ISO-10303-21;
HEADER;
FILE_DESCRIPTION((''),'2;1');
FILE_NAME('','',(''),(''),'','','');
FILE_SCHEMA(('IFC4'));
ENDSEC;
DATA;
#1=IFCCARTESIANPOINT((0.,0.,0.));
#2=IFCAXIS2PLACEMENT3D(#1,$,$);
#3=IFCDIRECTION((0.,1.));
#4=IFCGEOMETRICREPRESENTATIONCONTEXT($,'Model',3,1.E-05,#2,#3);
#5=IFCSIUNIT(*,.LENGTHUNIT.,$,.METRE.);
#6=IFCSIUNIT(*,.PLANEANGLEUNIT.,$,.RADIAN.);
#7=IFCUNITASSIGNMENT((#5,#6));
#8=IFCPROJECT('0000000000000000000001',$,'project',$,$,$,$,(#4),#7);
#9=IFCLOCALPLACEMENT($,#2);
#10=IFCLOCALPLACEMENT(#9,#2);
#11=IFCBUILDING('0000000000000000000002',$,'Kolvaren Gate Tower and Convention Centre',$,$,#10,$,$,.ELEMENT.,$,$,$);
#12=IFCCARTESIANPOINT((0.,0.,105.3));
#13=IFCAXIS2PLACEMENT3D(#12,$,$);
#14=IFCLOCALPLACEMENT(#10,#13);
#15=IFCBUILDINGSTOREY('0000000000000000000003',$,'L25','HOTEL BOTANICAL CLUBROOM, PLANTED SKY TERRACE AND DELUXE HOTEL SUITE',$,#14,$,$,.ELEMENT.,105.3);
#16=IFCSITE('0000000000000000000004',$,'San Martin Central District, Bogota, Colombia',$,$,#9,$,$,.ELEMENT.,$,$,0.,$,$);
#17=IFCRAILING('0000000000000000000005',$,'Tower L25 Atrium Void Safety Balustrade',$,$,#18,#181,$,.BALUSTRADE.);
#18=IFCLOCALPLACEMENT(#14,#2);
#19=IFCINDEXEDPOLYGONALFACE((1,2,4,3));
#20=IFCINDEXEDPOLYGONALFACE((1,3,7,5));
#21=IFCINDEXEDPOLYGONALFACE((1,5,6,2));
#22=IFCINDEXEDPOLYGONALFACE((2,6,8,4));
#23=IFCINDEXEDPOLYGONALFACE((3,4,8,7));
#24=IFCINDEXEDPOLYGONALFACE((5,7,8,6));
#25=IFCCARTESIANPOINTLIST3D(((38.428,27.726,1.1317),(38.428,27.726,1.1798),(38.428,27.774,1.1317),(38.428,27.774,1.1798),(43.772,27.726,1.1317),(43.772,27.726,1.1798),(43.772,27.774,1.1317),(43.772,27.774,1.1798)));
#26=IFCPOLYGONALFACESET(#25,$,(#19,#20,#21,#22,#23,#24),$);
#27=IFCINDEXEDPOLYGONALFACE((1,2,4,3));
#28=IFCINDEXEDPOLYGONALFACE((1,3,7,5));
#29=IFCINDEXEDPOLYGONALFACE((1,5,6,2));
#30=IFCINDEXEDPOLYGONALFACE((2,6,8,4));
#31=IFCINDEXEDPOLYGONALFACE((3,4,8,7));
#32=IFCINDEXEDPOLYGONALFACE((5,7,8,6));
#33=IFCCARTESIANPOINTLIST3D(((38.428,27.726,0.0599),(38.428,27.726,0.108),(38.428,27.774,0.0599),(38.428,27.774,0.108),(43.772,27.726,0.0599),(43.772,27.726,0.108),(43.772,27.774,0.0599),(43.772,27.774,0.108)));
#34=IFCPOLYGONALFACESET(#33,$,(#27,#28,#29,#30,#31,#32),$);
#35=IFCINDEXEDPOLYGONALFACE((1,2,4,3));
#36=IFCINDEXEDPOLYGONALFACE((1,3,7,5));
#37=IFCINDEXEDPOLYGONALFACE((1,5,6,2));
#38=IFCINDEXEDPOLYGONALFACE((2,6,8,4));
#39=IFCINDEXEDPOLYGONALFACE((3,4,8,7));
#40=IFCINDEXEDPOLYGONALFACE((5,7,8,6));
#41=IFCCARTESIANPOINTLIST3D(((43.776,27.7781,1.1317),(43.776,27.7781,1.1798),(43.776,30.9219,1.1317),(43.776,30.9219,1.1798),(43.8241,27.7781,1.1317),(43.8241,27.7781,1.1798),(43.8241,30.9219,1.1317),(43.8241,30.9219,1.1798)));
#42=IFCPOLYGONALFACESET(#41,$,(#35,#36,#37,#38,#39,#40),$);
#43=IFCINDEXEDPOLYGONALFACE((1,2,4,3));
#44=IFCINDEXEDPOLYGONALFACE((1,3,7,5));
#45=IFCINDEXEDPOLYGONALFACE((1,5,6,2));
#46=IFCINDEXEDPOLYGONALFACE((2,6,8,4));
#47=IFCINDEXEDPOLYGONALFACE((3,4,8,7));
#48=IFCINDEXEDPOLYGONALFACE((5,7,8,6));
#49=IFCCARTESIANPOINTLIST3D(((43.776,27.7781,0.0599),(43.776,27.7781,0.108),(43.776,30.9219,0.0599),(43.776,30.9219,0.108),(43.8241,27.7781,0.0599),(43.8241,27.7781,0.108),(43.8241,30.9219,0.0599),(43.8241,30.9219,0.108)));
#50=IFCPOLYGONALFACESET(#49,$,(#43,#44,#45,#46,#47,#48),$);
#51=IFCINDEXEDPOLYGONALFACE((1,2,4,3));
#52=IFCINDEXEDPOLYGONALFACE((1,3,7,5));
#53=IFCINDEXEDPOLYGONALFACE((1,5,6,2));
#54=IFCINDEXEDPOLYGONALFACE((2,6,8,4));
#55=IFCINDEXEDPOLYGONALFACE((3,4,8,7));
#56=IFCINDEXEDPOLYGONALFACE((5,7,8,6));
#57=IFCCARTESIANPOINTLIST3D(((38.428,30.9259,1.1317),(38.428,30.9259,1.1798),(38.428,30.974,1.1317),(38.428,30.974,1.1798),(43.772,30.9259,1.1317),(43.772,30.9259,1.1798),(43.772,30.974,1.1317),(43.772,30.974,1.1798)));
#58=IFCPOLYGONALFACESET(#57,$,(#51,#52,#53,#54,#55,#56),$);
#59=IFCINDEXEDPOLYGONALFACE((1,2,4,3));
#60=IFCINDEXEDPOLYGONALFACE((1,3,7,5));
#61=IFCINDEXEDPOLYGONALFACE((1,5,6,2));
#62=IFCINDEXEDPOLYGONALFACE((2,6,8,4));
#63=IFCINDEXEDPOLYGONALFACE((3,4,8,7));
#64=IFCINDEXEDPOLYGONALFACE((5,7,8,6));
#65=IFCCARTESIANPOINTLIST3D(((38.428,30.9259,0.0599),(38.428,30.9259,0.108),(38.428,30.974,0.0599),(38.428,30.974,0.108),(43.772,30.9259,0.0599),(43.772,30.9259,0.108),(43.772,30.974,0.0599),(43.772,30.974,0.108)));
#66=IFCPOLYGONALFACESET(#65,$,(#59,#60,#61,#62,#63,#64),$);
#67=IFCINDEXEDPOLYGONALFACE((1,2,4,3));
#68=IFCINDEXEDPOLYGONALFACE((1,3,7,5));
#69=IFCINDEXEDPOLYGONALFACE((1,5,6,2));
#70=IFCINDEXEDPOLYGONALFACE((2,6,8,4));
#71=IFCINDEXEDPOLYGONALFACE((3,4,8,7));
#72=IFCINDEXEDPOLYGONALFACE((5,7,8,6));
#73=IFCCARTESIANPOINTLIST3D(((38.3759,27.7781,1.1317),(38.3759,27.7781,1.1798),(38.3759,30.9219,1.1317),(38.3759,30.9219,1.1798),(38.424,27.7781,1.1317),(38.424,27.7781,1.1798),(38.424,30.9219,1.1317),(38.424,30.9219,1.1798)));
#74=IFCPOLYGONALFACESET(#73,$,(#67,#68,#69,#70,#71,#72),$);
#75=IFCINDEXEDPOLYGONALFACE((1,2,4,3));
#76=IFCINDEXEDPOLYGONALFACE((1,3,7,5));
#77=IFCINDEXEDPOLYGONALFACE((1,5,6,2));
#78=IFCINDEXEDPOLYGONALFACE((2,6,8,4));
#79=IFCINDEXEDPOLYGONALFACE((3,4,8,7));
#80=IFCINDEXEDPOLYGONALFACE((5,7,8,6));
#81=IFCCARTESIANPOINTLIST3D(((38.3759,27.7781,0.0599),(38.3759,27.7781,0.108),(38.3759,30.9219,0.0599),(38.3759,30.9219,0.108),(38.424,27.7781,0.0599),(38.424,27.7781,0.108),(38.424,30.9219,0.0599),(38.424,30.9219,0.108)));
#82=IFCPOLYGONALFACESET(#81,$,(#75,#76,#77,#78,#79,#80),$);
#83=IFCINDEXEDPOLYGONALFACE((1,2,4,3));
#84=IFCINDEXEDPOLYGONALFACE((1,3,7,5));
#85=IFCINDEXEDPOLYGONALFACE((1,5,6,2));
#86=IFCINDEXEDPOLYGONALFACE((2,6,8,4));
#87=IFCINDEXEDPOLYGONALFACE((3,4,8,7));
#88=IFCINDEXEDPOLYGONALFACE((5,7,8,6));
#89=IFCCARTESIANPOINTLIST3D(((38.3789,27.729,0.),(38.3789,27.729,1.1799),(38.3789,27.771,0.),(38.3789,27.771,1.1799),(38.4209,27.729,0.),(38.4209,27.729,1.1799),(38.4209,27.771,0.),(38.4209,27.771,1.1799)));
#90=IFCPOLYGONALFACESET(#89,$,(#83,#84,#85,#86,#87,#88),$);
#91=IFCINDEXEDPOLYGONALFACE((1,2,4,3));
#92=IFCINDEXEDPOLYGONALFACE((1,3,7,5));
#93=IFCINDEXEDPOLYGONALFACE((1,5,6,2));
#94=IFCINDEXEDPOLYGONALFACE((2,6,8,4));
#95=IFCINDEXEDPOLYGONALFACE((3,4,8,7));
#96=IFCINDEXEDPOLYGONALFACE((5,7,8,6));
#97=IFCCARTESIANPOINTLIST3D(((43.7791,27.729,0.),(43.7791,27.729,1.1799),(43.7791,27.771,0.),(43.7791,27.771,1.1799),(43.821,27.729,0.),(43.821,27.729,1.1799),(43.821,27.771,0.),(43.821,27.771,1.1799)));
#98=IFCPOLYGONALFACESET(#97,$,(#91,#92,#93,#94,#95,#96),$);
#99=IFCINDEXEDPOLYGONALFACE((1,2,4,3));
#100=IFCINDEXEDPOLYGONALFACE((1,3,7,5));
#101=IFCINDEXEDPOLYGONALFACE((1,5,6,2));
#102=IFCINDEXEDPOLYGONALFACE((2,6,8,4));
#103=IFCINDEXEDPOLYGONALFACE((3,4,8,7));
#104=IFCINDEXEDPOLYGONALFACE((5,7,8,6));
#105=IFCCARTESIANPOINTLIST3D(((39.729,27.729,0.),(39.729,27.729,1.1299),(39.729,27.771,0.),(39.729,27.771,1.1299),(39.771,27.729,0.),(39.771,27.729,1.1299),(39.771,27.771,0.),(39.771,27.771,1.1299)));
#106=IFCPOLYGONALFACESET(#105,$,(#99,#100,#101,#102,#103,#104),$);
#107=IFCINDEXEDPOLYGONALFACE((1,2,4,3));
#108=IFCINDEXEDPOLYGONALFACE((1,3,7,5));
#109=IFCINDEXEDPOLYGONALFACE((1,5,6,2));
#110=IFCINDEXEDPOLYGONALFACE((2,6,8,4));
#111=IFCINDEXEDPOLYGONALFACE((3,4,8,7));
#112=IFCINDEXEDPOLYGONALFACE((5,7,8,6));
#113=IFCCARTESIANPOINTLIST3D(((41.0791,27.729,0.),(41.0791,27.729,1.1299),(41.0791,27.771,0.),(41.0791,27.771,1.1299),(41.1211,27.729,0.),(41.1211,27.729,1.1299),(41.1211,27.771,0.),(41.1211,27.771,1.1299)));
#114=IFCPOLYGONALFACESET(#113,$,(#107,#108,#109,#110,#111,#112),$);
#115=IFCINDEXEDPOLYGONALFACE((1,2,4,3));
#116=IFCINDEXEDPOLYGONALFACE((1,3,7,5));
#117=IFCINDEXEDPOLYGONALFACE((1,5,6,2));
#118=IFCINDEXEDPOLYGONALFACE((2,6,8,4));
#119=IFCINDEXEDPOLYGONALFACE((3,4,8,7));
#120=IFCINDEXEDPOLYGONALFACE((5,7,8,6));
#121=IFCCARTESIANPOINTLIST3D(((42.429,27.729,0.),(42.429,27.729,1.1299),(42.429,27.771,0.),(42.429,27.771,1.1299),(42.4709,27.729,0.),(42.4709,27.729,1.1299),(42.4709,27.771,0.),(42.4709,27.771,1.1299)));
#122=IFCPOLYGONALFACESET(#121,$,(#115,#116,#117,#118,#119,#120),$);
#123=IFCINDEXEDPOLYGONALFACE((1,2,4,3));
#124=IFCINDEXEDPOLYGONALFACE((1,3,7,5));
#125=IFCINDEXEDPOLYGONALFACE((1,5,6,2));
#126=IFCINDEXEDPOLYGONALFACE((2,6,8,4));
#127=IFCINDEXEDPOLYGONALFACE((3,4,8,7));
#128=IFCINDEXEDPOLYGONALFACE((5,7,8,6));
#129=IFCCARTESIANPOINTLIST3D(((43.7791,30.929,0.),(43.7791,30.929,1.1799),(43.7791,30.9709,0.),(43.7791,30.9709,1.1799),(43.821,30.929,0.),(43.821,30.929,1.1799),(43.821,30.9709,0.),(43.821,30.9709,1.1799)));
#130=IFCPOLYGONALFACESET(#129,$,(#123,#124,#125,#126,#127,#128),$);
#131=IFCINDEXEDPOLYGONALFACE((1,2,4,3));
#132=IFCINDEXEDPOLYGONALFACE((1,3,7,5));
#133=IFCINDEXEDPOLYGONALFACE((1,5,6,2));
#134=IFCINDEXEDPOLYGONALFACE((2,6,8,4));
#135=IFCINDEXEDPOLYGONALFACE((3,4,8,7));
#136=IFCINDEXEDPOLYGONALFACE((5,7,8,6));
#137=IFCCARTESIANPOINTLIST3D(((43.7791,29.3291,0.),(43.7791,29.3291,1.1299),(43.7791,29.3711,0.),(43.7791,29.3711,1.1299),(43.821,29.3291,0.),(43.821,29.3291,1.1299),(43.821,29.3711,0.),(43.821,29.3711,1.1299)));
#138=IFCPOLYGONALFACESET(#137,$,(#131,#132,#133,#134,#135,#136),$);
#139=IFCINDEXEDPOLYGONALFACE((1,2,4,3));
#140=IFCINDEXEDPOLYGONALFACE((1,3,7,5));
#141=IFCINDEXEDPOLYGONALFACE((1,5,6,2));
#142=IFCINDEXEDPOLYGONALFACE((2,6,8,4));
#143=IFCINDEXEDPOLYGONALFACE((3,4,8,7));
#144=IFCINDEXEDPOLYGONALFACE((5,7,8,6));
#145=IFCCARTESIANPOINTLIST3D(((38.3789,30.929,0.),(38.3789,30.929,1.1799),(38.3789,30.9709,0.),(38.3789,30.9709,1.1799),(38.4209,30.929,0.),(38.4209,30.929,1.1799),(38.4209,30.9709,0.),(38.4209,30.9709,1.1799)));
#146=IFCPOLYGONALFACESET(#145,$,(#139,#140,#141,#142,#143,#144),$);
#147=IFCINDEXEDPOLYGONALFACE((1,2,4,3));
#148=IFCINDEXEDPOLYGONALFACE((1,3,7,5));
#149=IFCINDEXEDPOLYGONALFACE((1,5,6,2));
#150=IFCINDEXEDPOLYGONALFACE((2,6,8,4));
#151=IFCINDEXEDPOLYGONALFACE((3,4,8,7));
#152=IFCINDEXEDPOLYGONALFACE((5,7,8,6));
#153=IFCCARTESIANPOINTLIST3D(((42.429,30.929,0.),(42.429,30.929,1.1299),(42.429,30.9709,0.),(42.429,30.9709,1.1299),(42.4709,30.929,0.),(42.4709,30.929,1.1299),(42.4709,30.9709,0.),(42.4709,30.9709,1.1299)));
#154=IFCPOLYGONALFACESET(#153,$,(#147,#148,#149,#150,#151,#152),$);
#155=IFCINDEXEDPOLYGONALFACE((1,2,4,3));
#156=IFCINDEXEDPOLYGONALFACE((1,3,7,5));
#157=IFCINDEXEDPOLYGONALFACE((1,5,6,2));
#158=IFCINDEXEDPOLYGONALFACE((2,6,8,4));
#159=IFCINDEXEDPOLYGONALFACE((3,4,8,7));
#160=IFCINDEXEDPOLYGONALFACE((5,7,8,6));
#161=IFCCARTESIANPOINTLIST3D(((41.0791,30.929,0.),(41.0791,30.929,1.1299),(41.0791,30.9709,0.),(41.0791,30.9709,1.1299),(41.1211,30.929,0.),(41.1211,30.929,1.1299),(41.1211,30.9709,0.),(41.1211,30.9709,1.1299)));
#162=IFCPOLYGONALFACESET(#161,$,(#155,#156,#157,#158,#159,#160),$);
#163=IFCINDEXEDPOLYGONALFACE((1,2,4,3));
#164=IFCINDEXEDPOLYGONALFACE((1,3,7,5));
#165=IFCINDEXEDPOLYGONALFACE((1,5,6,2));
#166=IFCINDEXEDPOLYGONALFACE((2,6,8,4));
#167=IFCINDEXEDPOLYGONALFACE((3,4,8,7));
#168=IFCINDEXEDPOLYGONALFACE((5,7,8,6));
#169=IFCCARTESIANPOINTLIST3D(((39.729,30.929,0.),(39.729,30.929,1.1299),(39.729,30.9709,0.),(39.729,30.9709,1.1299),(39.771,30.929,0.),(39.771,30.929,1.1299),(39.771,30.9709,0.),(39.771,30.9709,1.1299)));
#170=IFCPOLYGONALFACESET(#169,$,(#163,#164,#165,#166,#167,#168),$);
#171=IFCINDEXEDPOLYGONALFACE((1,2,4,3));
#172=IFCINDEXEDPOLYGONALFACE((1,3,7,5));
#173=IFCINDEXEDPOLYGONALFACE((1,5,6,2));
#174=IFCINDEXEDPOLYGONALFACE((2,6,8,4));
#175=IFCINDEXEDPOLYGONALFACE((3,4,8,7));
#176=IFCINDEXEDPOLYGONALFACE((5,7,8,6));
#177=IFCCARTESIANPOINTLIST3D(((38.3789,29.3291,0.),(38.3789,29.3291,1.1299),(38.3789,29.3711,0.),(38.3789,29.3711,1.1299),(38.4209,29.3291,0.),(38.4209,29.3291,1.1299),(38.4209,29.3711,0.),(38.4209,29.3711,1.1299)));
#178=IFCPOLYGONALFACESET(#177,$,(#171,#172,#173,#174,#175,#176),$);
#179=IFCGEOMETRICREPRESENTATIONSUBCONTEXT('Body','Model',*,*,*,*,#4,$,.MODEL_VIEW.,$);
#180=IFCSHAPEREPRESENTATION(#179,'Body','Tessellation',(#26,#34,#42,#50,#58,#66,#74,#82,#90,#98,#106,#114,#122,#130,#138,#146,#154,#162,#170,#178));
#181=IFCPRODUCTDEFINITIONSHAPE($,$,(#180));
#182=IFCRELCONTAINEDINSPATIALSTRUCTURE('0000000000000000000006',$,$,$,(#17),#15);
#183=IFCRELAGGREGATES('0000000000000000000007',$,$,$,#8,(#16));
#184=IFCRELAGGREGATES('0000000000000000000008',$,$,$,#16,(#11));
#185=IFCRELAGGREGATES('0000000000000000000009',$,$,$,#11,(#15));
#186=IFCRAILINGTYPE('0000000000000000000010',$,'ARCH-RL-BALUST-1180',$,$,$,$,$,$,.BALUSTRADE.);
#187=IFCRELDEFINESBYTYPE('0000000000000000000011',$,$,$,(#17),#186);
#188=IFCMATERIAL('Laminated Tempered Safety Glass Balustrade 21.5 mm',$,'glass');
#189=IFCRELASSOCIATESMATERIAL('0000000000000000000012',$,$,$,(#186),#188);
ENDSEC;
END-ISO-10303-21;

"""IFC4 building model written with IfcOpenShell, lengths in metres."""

from ifc_helpers import new_model, si_unit, direction, frame, origin, origin_2d, place, context, subcontext, project, spatial, rectangle, extrude, material, type_object, element, save


model = new_model("IFC4")

# Units and contexts
model_context = context("Model", 3, precision=1e-05, world=origin(), true_north=direction((0.0, 1.0)))
body_context = subcontext(model_context, "Body", "Model", "MODEL_VIEW")
ifc_project = project(units=[si_unit("LENGTHUNIT", "METRE"), si_unit("PLANEANGLEUNIT", "RADIAN")], contexts=[model_context])

# Site, building, storey
site_placement = place(None, origin())
site = spatial("IfcSite", under=ifc_project, at=site_placement, Name="San Martin Central District, Bogota, Colombia", CompositionType="ELEMENT", RefElevation=0.0)
building_placement = place(site_placement, origin())
building = spatial("IfcBuilding", under=site, at=building_placement, Name="Kolvaren Gate Tower and Convention Centre", CompositionType="ELEMENT")
storey_placement = place(building_placement, frame((0.0, 0.0, 105.3)))
storey = spatial("IfcBuildingStorey", under=building, at=storey_placement, Name="L25", Description="HOTEL BOTANICAL CLUBROOM, PLANTED SKY TERRACE AND DELUXE HOTEL SUITE", CompositionType="ELEMENT", Elevation=105.3)

# Railing
ifc_material_1 = material(Name="Laminated Tempered Safety Glass Balustrade 21.5 mm", Category="glass")
railing_type = type_object("IfcRailingType", Name="ARCH-RL-BALUST-1180", PredefinedType="BALUSTRADE", material=ifc_material_1)
railing_placement = place(storey_placement, frame((38.3999, 27.75, 0.0)))
element("IfcRailing", 1, at=railing_placement, inside=storey, type_object=railing_type, Name="Tower L25 Atrium Void Safety Balustrade", PredefinedType="BALUSTRADE", context=body_context, shape_type="SweptSolid", body=[
    extrude(rectangle(XDim=0.0481, YDim=0.0481, at=origin_2d()), frame((0.0281, 0.0, 1.1558), z_axis=(1.0, 0.0, 0.0), x_axis=(0.0, 1.0, 0.0)), (0.0, 0.0, 1.0), 5.344),
    extrude(rectangle(XDim=0.0481, YDim=0.0481, at=origin_2d()), frame((0.0281, 0.0, 0.084), z_axis=(1.0, 0.0, 0.0), x_axis=(0.0, 1.0, 0.0)), (0.0, 0.0, 1.0), 5.344),
    extrude(rectangle(XDim=0.0481, YDim=0.0481, at=origin_2d()), frame((5.4001, 0.0281, 1.1558), z_axis=(0.0, 1.0, 0.0), x_axis=(-1.0, 0.0, 0.0)), (0.0, 0.0, 1.0), 3.1438),
    extrude(rectangle(XDim=0.0481, YDim=0.0481, at=origin_2d()), frame((5.4001, 0.0281, 0.084), z_axis=(0.0, 1.0, 0.0), x_axis=(-1.0, 0.0, 0.0)), (0.0, 0.0, 1.0), 3.1438),
    extrude(rectangle(XDim=0.0481, YDim=0.0481, at=origin_2d()), frame((5.3721, 3.2, 1.1558), z_axis=(-1.0, 0.0, 0.0), x_axis=(0.0, -1.0, 0.0)), (0.0, 0.0, 1.0), 5.344),
    extrude(rectangle(XDim=0.0481, YDim=0.0481, at=origin_2d()), frame((5.3721, 3.2, 0.084), z_axis=(-1.0, 0.0, 0.0), x_axis=(0.0, -1.0, 0.0)), (0.0, 0.0, 1.0), 5.344),
    extrude(rectangle(XDim=0.0481, YDim=0.0481, at=origin_2d()), frame((0.0, 3.1719, 1.1558), z_axis=(0.0, -1.0, 0.0), x_axis=(1.0, 0.0, 0.0)), (0.0, 0.0, 1.0), 3.1438),
    extrude(rectangle(XDim=0.0481, YDim=0.0481, at=origin_2d()), frame((0.0, 3.1719, 0.084), z_axis=(0.0, -1.0, 0.0), x_axis=(1.0, 0.0, 0.0)), (0.0, 0.0, 1.0), 3.1438),
    extrude(rectangle(XDim=0.042, YDim=0.042, at=origin_2d()), origin(), (0.0, 0.0, 1.0), 1.1799),
    extrude(rectangle(XDim=0.042, YDim=0.042, at=origin_2d()), frame((5.4001, 0.0, 0.0)), (0.0, 0.0, 1.0), 1.1799),
    extrude(rectangle(XDim=0.042, YDim=0.042, at=origin_2d()), frame((1.3501, 0.0, 0.0)), (0.0, 0.0, 1.0), 1.1299),
    extrude(rectangle(XDim=0.042, YDim=0.042, at=origin_2d()), frame((2.7002, 0.0, 0.0)), (0.0, 0.0, 1.0), 1.1299),
    extrude(rectangle(XDim=0.042, YDim=0.042, at=origin_2d()), frame((4.05, 0.0, 0.0)), (0.0, 0.0, 1.0), 1.1299),
    extrude(rectangle(XDim=0.042, YDim=0.042, at=origin_2d()), frame((5.4001, 3.2, 0.0)), (0.0, 0.0, 1.0), 1.1799),
    extrude(rectangle(XDim=0.042, YDim=0.042, at=origin_2d()), frame((5.4001, 1.6001, 0.0)), (0.0, 0.0, 1.0), 1.1299),
    extrude(rectangle(XDim=0.042, YDim=0.042, at=origin_2d()), frame((0.0, 3.2, 0.0)), (0.0, 0.0, 1.0), 1.1799),
    extrude(rectangle(XDim=0.042, YDim=0.042, at=origin_2d()), frame((4.05, 3.2, 0.0)), (0.0, 0.0, 1.0), 1.1299),
    extrude(rectangle(XDim=0.042, YDim=0.042, at=origin_2d()), frame((2.7002, 3.2, 0.0)), (0.0, 0.0, 1.0), 1.1299),
    extrude(rectangle(XDim=0.042, YDim=0.042, at=origin_2d()), frame((1.3501, 3.2, 0.0)), (0.0, 0.0, 1.0), 1.1299),
    extrude(rectangle(XDim=0.042, YDim=0.042, at=origin_2d()), frame((0.0, 1.6001, 0.0)), (0.0, 0.0, 1.0), 1.1299),
])

save(model, "model.ifc")
